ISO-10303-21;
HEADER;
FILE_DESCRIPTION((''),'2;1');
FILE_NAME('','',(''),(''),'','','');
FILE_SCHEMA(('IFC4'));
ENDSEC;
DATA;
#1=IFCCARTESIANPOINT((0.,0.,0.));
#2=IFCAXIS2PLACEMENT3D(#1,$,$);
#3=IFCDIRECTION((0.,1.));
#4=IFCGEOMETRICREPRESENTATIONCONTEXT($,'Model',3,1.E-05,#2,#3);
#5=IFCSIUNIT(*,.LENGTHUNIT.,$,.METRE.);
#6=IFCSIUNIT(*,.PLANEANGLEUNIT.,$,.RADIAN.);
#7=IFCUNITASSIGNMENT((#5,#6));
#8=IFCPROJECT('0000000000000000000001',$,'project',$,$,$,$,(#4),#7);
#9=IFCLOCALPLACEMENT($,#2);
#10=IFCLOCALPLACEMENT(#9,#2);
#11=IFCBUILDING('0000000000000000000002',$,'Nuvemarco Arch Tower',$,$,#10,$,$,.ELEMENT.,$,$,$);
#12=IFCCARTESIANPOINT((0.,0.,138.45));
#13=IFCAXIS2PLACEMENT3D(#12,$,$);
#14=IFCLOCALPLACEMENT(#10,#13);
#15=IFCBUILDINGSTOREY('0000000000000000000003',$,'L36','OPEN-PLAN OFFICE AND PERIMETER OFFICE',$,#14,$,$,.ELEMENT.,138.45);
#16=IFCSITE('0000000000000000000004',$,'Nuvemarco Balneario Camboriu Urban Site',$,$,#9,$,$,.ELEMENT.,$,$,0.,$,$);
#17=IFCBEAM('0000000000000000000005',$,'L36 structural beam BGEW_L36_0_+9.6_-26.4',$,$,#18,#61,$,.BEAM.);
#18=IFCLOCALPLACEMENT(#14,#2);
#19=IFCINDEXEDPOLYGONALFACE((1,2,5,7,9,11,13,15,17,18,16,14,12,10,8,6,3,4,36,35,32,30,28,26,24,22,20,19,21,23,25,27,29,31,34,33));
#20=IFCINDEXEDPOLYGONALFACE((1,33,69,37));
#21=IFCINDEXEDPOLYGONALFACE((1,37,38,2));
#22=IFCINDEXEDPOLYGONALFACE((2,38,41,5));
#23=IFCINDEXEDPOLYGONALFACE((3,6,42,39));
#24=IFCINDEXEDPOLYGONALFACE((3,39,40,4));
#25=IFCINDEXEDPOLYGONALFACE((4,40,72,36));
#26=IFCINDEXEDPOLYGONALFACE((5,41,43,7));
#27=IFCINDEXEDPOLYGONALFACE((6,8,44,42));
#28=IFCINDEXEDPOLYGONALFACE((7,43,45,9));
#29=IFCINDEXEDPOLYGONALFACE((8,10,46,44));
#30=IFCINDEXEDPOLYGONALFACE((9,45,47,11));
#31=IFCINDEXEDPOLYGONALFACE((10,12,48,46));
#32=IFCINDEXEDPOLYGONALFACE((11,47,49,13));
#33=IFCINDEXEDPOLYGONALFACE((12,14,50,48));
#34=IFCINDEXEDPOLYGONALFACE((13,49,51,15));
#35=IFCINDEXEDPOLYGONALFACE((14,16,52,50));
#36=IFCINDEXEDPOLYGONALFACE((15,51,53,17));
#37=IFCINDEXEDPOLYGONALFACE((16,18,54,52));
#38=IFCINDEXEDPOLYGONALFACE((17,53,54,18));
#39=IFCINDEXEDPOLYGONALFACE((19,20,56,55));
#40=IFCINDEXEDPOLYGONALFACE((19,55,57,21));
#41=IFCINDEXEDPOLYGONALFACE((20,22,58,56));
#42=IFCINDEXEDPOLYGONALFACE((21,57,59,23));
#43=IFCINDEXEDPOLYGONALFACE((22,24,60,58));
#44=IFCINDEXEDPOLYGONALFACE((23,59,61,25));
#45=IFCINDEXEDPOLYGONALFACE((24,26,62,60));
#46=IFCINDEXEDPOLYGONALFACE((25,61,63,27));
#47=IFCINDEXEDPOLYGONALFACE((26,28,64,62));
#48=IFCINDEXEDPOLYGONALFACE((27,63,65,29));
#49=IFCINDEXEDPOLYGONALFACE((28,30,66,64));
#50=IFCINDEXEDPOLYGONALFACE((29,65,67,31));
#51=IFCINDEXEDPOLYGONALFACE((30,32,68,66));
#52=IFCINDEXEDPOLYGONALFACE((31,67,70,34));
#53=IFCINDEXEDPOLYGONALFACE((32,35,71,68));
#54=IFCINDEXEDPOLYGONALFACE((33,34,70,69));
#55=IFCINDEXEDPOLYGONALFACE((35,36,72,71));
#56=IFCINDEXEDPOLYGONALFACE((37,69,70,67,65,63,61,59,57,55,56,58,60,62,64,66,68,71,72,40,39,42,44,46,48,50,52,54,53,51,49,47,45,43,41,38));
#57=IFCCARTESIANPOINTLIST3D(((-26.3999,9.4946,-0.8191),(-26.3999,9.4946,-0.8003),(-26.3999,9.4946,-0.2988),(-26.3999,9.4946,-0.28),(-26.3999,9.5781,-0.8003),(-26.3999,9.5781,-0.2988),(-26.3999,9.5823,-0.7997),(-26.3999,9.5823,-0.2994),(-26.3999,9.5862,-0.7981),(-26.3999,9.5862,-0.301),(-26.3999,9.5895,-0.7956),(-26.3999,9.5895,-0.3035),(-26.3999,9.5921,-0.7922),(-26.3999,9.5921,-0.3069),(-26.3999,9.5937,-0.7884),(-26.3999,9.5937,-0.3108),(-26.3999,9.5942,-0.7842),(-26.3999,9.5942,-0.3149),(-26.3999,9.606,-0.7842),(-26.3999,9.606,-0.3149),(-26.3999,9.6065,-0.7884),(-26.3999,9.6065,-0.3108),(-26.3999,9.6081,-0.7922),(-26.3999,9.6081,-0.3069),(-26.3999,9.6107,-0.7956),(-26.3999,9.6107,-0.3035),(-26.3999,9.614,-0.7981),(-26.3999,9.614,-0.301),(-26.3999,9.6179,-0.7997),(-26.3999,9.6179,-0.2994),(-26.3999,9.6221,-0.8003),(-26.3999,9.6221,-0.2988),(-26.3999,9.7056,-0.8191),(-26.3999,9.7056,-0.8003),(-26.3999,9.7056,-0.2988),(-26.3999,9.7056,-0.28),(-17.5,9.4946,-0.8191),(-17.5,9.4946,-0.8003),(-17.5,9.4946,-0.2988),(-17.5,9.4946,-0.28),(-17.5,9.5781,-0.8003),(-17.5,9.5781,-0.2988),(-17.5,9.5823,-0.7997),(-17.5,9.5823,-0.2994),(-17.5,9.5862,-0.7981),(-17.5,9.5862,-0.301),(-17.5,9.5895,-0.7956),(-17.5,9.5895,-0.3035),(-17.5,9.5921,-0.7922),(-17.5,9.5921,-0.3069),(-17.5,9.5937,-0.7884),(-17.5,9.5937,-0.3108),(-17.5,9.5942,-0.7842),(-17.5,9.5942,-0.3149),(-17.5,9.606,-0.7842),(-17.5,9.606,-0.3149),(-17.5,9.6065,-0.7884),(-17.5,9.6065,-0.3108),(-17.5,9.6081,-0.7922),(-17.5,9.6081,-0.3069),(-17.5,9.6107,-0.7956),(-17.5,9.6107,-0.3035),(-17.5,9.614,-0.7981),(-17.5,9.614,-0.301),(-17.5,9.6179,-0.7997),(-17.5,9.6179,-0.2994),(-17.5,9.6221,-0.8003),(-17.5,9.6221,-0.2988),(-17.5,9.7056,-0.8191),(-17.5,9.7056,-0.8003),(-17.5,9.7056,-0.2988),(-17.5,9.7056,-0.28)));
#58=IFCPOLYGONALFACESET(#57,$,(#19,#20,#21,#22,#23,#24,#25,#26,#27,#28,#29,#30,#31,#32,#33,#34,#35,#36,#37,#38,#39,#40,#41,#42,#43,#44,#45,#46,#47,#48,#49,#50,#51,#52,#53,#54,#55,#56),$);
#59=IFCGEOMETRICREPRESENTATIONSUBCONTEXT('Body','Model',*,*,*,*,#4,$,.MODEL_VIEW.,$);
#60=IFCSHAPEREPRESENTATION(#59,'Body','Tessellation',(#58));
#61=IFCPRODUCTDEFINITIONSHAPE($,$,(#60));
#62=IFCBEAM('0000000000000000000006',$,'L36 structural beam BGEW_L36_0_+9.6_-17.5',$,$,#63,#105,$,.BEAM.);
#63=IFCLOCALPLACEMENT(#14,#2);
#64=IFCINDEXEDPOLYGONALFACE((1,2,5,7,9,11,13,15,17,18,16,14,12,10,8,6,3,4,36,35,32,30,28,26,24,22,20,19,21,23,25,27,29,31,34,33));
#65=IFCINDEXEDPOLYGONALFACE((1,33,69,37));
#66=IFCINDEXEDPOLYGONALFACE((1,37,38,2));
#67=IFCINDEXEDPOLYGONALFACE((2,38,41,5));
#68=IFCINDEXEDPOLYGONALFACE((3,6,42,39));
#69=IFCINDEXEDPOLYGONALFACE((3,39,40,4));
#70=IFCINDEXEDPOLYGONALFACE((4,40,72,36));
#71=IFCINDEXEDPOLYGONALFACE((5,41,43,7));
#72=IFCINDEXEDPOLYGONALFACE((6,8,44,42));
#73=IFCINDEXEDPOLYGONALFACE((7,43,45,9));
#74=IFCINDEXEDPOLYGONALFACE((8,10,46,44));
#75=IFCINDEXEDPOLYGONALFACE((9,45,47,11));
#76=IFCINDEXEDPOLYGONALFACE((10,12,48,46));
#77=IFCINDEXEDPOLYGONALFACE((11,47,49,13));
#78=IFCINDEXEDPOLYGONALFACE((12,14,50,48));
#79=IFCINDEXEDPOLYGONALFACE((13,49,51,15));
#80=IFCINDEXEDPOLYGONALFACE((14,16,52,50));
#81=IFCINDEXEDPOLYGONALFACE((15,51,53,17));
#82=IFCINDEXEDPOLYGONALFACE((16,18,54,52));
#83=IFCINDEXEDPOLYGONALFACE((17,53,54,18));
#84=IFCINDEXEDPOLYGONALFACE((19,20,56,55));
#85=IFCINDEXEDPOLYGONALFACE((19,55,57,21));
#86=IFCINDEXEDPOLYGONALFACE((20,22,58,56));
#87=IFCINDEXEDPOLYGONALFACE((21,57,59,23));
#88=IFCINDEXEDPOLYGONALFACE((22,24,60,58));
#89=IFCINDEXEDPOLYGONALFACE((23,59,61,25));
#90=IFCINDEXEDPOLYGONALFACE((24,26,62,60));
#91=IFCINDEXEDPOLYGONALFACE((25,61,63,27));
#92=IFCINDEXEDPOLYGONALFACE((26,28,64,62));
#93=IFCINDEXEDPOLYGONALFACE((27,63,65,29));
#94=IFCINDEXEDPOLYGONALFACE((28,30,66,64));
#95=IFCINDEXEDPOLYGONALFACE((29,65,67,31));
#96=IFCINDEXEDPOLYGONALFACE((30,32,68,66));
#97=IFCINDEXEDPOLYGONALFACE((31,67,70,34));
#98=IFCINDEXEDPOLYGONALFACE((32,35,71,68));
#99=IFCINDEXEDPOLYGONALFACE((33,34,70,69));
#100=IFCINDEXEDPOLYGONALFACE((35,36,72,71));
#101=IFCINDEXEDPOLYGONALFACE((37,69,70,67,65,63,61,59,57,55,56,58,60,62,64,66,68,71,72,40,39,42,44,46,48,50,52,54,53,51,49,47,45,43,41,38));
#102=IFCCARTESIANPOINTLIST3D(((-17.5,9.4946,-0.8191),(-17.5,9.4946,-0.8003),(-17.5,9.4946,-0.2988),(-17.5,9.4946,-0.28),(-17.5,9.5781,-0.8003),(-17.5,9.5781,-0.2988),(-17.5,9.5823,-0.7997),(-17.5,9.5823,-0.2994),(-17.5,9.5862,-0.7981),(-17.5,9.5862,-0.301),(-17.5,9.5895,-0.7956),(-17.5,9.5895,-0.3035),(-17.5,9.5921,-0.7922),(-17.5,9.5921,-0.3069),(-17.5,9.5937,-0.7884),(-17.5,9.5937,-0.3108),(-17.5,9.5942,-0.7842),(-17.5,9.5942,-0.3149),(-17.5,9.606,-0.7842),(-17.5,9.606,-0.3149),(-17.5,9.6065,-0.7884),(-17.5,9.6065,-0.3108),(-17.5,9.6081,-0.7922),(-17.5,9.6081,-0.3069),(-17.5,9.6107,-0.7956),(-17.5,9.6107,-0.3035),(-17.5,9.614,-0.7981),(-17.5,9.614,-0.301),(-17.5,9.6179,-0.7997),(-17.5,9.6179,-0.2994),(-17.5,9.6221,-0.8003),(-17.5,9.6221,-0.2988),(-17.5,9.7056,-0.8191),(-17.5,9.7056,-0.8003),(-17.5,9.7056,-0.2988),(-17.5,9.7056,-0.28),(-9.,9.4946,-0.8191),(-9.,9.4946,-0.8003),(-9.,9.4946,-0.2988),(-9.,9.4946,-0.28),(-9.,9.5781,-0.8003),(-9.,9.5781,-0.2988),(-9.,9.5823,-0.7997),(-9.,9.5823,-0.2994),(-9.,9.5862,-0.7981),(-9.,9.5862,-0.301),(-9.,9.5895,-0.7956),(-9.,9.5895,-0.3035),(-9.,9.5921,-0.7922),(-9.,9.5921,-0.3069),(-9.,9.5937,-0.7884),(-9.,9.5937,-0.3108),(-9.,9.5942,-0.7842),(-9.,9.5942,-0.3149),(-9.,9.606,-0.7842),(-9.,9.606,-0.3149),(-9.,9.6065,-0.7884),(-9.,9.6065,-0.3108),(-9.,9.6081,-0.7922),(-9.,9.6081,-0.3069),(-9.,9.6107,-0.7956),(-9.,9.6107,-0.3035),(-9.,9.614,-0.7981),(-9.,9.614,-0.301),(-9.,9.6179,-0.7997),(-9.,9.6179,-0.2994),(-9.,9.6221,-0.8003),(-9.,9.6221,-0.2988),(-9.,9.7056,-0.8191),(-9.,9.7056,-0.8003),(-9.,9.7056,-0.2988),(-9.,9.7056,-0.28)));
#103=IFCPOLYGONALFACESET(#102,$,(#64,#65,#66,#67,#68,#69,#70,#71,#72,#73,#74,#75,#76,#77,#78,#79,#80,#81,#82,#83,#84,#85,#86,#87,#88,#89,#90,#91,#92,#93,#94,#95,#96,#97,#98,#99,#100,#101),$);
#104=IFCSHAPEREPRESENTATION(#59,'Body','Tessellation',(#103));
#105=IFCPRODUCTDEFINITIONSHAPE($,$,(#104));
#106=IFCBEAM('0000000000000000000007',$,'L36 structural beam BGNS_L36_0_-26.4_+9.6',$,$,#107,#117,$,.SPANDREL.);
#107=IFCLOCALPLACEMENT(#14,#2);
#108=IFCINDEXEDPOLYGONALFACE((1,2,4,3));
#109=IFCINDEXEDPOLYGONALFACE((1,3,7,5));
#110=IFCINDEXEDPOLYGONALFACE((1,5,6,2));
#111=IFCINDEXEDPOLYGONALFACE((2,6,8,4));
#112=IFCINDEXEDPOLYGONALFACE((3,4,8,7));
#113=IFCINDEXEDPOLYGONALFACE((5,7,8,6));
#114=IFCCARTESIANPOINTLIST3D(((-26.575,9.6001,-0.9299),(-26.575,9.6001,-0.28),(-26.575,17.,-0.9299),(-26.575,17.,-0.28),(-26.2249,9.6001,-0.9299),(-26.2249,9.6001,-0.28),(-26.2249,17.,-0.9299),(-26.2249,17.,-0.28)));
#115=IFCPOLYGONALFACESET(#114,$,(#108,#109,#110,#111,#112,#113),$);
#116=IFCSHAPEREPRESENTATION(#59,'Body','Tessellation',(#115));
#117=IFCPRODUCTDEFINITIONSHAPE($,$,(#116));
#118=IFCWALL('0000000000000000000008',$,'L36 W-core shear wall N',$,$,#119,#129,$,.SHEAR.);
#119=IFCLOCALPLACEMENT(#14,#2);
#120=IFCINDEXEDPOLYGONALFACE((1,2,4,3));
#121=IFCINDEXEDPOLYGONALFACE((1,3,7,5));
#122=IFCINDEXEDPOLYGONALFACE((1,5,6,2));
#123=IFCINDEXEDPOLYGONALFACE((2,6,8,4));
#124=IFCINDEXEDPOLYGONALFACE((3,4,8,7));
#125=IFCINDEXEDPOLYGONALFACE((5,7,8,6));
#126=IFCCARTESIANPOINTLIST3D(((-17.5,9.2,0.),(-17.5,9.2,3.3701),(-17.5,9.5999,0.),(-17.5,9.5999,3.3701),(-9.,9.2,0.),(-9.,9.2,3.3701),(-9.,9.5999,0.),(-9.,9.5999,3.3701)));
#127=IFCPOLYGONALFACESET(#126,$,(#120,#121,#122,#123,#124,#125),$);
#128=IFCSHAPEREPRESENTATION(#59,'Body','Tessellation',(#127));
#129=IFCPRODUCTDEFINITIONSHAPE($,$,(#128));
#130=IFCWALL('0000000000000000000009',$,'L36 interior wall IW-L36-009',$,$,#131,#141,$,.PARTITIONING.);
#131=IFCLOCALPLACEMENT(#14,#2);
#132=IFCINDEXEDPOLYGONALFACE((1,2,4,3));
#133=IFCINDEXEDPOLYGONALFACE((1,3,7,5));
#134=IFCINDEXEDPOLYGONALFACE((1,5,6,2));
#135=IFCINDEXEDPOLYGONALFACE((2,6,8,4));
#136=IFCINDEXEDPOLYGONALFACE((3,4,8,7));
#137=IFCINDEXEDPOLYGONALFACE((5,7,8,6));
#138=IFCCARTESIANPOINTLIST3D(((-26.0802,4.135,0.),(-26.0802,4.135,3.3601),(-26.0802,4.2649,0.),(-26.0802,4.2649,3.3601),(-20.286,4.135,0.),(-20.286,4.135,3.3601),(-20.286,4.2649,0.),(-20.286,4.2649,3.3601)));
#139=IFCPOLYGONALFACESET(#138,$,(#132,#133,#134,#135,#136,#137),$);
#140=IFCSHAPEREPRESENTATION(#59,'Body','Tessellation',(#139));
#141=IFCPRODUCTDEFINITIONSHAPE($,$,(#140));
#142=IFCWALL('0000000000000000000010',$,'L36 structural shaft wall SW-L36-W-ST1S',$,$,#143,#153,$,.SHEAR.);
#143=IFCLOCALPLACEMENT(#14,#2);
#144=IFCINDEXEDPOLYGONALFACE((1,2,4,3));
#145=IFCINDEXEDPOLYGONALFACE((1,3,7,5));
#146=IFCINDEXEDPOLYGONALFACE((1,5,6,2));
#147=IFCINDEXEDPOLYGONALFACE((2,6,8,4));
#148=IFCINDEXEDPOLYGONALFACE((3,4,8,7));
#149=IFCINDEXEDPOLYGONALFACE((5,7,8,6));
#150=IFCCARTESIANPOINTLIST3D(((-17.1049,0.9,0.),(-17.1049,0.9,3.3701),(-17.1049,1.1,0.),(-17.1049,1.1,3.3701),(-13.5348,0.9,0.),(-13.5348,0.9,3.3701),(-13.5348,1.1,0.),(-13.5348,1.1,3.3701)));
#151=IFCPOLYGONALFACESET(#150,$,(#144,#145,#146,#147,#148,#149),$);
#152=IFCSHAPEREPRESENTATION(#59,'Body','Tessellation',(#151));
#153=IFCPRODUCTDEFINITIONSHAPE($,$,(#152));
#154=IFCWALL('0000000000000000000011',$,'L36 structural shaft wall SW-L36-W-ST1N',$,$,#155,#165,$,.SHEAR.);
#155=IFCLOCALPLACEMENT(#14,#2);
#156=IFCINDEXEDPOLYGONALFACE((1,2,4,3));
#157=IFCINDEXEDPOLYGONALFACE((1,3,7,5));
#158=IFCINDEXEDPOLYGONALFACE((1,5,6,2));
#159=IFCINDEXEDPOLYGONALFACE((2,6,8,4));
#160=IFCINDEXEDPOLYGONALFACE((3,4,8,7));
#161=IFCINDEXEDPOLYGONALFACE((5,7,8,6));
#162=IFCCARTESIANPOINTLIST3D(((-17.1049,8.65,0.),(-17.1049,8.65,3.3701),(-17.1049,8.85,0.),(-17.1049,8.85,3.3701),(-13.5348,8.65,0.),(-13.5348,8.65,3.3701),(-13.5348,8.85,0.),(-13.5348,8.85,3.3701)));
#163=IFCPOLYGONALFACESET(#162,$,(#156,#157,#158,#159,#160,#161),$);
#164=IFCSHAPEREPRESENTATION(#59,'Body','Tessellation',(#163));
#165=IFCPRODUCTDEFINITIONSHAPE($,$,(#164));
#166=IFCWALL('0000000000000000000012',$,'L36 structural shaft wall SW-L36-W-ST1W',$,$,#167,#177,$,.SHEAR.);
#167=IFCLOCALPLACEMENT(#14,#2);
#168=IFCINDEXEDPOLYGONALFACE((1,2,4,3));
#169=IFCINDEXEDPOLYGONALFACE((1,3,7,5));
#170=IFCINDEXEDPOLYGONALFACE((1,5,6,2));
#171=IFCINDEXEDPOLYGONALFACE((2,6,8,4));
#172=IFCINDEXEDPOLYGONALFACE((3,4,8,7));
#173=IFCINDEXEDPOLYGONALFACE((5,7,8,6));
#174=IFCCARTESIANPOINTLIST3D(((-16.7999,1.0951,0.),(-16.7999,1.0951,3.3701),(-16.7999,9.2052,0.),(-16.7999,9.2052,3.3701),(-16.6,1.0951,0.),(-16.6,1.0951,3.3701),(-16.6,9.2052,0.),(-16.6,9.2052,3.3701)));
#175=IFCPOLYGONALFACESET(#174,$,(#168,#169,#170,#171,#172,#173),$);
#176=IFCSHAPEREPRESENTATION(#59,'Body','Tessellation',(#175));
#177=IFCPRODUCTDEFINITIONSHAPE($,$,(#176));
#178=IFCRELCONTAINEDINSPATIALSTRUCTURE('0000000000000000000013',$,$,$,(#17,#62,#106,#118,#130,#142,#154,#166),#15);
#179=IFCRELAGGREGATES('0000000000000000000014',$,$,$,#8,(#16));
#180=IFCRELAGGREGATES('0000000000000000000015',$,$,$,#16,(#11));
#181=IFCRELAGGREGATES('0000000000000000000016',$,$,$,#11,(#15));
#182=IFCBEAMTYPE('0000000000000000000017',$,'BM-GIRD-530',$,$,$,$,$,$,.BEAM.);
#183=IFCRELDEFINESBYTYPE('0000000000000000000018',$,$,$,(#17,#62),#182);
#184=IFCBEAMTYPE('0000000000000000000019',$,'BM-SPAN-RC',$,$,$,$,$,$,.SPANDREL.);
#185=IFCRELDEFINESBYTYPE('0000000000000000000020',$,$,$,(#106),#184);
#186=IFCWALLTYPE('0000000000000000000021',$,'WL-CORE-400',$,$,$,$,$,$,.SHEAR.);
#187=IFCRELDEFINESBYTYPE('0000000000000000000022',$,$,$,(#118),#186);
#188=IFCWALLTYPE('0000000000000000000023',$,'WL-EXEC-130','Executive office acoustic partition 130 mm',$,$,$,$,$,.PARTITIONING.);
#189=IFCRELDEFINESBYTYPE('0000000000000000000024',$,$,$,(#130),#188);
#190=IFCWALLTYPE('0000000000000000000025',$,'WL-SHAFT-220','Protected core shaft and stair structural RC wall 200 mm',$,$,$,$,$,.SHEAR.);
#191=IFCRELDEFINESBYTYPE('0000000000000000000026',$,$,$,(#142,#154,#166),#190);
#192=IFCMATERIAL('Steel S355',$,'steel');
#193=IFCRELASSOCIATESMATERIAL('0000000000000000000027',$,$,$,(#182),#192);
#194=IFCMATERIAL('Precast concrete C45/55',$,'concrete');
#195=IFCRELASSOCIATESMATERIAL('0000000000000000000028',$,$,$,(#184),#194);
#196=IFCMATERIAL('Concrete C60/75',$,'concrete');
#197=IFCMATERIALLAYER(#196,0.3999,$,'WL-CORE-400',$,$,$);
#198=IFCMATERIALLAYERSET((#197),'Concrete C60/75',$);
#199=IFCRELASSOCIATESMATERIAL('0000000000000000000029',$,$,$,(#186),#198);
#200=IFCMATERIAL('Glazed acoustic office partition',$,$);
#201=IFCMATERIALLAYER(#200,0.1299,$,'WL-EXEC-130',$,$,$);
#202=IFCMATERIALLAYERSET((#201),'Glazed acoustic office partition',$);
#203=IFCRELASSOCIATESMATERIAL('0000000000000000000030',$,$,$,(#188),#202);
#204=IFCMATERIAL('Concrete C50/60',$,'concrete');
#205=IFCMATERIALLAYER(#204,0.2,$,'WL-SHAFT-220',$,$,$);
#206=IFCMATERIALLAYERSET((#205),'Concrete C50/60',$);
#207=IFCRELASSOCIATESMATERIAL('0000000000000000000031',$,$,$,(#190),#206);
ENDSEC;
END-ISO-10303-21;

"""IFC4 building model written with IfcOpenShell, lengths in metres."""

from ifc_helpers import new_model, si_unit, direction, frame, frame_2d, origin, origin_2d, place, context, subcontext, project, spatial, rectangle, i_section, extrude, material, layer, layer_set, material_profile, profile_set, type_object, element, save


model = new_model("IFC4")

# Units and contexts
model_context = context("Model", 3, precision=1e-05, world=origin(), true_north=direction((0.0, 1.0)))
body_context = subcontext(model_context, "Body", "Model", "MODEL_VIEW")
ifc_project = project(units=[si_unit("LENGTHUNIT", "METRE"), si_unit("PLANEANGLEUNIT", "RADIAN")], contexts=[model_context])

# Site, building, storey
site_placement = place(None, origin())
site = spatial("IfcSite", under=ifc_project, at=site_placement, Name="Nuvemarco Balneario Camboriu Urban Site", CompositionType="ELEMENT", RefElevation=0.0)
building_placement = place(site_placement, origin())
building = spatial("IfcBuilding", under=site, at=building_placement, Name="Nuvemarco Arch Tower", CompositionType="ELEMENT")
storey_placement = place(building_placement, frame((0.0, 0.0, 138.45)))
storey = spatial("IfcBuildingStorey", under=building, at=storey_placement, Name="L36", Description="OPEN-PLAN OFFICE AND PERIMETER OFFICE", CompositionType="ELEMENT", Elevation=138.45)

# Shared definitions
ifc_material_1 = material(Name="Concrete C50/60", Category="concrete")
ifc_material_2 = material(Name="Steel S355", Category="steel")

# Beams
ifc_material_profile_1 = material_profile(ifc_material_2, i_section(OverallWidth=0.2109, OverallDepth=0.5391, WebThickness=0.0117, FlangeThickness=0.0188, FilletRadius=0.0161, at=origin_2d()), Name="W530x109")
ifc_profile_set_1 = profile_set([ifc_material_profile_1], Name="Steel S355")
beam_type_1 = type_object("IfcBeamType", Name="BM-GIRD-530", PredefinedType="BEAM", material=ifc_profile_set_1)
beam_1_placement = place(storey_placement, frame((-26.3999, 9.6001, -0.5496), z_axis=(1.0, 0.0, 0.0), x_axis=(0.0, 1.0, 0.0)))
element("IfcBeam", 1, at=beam_1_placement, inside=storey, type_object=beam_type_1, Name="L36 structural beam BGEW_L36_0_+9.6_-26.4", PredefinedType="BEAM", context=body_context, shape_type="SweptSolid", body=[
    extrude(i_section(OverallWidth=0.2109, OverallDepth=0.5391, WebThickness=0.0117, FlangeThickness=0.0188, FilletRadius=0.0161, at=origin_2d()), origin(), (0.0, 0.0, 1.0), 8.8999),
])
beam_2_placement = place(storey_placement, frame((-17.5, 9.6001, -0.5496), z_axis=(1.0, 0.0, 0.0), x_axis=(0.0, 1.0, 0.0)))
element("IfcBeam", 2, at=beam_2_placement, inside=storey, type_object=beam_type_1, Name="L36 structural beam BGEW_L36_0_+9.6_-17.5", PredefinedType="BEAM", context=body_context, shape_type="SweptSolid", body=[
    extrude(i_section(OverallWidth=0.2109, OverallDepth=0.5391, WebThickness=0.0117, FlangeThickness=0.0188, FilletRadius=0.0161, at=origin_2d()), origin(), (0.0, 0.0, 1.0), 8.5),
])
ifc_material_3 = material(Name="Precast concrete C45/55", Category="concrete")
ifc_material_profile_2 = material_profile(ifc_material_3, rectangle(XDim=0.3501, YDim=0.6499, at=origin_2d()), Name="PC-SP-350x650")
ifc_profile_set_2 = profile_set([ifc_material_profile_2], Name="Precast concrete C45/55")
beam_type_2 = type_object("IfcBeamType", Name="BM-SPAN-RC", PredefinedType="SPANDREL", material=ifc_profile_set_2)
beam_3_placement = place(storey_placement, frame((-26.3999, 9.6001, -0.605), z_axis=(0.0, 1.0, 0.0), x_axis=(-1.0, 0.0, 0.0)))
element("IfcBeam", 3, at=beam_3_placement, inside=storey, type_object=beam_type_2, Name="L36 structural beam BGNS_L36_0_-26.4_+9.6", PredefinedType="SPANDREL", context=body_context, shape_type="SweptSolid", body=[
    extrude(rectangle(XDim=0.3501, YDim=0.6499, at=origin_2d()), origin(), (0.0, 0.0, 1.0), 7.3999),
])

# Walls
ifc_material_4 = material(Name="Concrete C60/75", Category="concrete")
ifc_layer_1 = layer(ifc_material_4, 0.3999, Name="WL-CORE-400")
ifc_layer_set_1 = layer_set([ifc_layer_1], Name="Concrete C60/75")
wall_type_1 = type_object("IfcWallType", Name="WL-CORE-400", PredefinedType="SHEAR", material=ifc_layer_set_1)
wall_1_placement = place(storey_placement, frame((-17.5, 9.3999, 0.0), z_axis=(0.0, 0.0, 1.0), x_axis=(1.0, 0.0, 0.0)))
element("IfcWall", 4, at=wall_1_placement, inside=storey, type_object=wall_type_1, Name="L36 W-core shear wall N", PredefinedType="SHEAR", context=body_context, shape_type="SweptSolid", body=[
    extrude(rectangle(XDim=8.5, YDim=0.3999, at=frame_2d((4.25, 0.0))), origin(), (0.0, 0.0, 1.0), 3.3701),
])
ifc_material_5 = material(Name="Glazed acoustic office partition")
ifc_layer_2 = layer(ifc_material_5, 0.1299, Name="WL-EXEC-130")
ifc_layer_set_2 = layer_set([ifc_layer_2], Name="Glazed acoustic office partition")
wall_type_2 = type_object("IfcWallType", Name="WL-EXEC-130", Description="Executive office acoustic partition 130 mm", PredefinedType="PARTITIONING", material=ifc_layer_set_2)
wall_2_placement = place(storey_placement, frame((-26.0801, 4.2, 0.0), z_axis=(0.0, 0.0, 1.0), x_axis=(1.0, 0.0, 0.0)))
element("IfcWall", 5, at=wall_2_placement, inside=storey, type_object=wall_type_2, Name="L36 interior wall IW-L36-009", PredefinedType="PARTITIONING", context=body_context, shape_type="SweptSolid", body=[
    extrude(rectangle(XDim=5.7942, YDim=0.1299, at=frame_2d((2.897, 0.0))), origin(), (0.0, 0.0, 1.0), 3.3601),
])
ifc_layer_3 = layer(ifc_material_1, 0.2, Name="WL-SHAFT-220")
ifc_layer_set_3 = layer_set([ifc_layer_3], Name="Concrete C50/60")
wall_type_3 = type_object("IfcWallType", Name="WL-SHAFT-220", Description="Protected core shaft and stair structural RC wall 200 mm", PredefinedType="SHEAR", material=ifc_layer_set_3)
for number, where, z_axis, x_axis, name in (
    (6, (-17.105, 1.0, 0.0), (0.0, 0.0, 1.0), (1.0, 0.0, 0.0), "L36 structural shaft wall SW-L36-W-ST1S"),
    (7, (-17.105, 8.75, 0.0), (0.0, 0.0, 1.0), (1.0, 0.0, 0.0), "L36 structural shaft wall SW-L36-W-ST1N"),
):
    element("IfcWall", number, at=place(storey_placement, frame(where, z_axis=z_axis, x_axis=x_axis)), inside=storey, type_object=wall_type_3, Name=name, PredefinedType="SHEAR", context=body_context, shape_type="SweptSolid", body=[
        extrude(rectangle(XDim=3.5701, YDim=0.2, at=frame_2d((1.7852, 0.0))), origin(), (0.0, 0.0, 1.0), 3.3701),
    ])
wall_3_placement = place(storey_placement, frame((-16.7, 1.095, 0.0), z_axis=(0.0, 0.0, 1.0), x_axis=(0.0, 1.0, 0.0)))
element("IfcWall", 8, at=wall_3_placement, inside=storey, type_object=wall_type_3, Name="L36 structural shaft wall SW-L36-W-ST1W", PredefinedType="SHEAR", context=body_context, shape_type="SweptSolid", body=[
    extrude(rectangle(XDim=8.1101, YDim=0.2, at=frame_2d((4.0552, 0.0))), origin(), (0.0, 0.0, 1.0), 3.3701),
])

save(model, "model.ifc")
